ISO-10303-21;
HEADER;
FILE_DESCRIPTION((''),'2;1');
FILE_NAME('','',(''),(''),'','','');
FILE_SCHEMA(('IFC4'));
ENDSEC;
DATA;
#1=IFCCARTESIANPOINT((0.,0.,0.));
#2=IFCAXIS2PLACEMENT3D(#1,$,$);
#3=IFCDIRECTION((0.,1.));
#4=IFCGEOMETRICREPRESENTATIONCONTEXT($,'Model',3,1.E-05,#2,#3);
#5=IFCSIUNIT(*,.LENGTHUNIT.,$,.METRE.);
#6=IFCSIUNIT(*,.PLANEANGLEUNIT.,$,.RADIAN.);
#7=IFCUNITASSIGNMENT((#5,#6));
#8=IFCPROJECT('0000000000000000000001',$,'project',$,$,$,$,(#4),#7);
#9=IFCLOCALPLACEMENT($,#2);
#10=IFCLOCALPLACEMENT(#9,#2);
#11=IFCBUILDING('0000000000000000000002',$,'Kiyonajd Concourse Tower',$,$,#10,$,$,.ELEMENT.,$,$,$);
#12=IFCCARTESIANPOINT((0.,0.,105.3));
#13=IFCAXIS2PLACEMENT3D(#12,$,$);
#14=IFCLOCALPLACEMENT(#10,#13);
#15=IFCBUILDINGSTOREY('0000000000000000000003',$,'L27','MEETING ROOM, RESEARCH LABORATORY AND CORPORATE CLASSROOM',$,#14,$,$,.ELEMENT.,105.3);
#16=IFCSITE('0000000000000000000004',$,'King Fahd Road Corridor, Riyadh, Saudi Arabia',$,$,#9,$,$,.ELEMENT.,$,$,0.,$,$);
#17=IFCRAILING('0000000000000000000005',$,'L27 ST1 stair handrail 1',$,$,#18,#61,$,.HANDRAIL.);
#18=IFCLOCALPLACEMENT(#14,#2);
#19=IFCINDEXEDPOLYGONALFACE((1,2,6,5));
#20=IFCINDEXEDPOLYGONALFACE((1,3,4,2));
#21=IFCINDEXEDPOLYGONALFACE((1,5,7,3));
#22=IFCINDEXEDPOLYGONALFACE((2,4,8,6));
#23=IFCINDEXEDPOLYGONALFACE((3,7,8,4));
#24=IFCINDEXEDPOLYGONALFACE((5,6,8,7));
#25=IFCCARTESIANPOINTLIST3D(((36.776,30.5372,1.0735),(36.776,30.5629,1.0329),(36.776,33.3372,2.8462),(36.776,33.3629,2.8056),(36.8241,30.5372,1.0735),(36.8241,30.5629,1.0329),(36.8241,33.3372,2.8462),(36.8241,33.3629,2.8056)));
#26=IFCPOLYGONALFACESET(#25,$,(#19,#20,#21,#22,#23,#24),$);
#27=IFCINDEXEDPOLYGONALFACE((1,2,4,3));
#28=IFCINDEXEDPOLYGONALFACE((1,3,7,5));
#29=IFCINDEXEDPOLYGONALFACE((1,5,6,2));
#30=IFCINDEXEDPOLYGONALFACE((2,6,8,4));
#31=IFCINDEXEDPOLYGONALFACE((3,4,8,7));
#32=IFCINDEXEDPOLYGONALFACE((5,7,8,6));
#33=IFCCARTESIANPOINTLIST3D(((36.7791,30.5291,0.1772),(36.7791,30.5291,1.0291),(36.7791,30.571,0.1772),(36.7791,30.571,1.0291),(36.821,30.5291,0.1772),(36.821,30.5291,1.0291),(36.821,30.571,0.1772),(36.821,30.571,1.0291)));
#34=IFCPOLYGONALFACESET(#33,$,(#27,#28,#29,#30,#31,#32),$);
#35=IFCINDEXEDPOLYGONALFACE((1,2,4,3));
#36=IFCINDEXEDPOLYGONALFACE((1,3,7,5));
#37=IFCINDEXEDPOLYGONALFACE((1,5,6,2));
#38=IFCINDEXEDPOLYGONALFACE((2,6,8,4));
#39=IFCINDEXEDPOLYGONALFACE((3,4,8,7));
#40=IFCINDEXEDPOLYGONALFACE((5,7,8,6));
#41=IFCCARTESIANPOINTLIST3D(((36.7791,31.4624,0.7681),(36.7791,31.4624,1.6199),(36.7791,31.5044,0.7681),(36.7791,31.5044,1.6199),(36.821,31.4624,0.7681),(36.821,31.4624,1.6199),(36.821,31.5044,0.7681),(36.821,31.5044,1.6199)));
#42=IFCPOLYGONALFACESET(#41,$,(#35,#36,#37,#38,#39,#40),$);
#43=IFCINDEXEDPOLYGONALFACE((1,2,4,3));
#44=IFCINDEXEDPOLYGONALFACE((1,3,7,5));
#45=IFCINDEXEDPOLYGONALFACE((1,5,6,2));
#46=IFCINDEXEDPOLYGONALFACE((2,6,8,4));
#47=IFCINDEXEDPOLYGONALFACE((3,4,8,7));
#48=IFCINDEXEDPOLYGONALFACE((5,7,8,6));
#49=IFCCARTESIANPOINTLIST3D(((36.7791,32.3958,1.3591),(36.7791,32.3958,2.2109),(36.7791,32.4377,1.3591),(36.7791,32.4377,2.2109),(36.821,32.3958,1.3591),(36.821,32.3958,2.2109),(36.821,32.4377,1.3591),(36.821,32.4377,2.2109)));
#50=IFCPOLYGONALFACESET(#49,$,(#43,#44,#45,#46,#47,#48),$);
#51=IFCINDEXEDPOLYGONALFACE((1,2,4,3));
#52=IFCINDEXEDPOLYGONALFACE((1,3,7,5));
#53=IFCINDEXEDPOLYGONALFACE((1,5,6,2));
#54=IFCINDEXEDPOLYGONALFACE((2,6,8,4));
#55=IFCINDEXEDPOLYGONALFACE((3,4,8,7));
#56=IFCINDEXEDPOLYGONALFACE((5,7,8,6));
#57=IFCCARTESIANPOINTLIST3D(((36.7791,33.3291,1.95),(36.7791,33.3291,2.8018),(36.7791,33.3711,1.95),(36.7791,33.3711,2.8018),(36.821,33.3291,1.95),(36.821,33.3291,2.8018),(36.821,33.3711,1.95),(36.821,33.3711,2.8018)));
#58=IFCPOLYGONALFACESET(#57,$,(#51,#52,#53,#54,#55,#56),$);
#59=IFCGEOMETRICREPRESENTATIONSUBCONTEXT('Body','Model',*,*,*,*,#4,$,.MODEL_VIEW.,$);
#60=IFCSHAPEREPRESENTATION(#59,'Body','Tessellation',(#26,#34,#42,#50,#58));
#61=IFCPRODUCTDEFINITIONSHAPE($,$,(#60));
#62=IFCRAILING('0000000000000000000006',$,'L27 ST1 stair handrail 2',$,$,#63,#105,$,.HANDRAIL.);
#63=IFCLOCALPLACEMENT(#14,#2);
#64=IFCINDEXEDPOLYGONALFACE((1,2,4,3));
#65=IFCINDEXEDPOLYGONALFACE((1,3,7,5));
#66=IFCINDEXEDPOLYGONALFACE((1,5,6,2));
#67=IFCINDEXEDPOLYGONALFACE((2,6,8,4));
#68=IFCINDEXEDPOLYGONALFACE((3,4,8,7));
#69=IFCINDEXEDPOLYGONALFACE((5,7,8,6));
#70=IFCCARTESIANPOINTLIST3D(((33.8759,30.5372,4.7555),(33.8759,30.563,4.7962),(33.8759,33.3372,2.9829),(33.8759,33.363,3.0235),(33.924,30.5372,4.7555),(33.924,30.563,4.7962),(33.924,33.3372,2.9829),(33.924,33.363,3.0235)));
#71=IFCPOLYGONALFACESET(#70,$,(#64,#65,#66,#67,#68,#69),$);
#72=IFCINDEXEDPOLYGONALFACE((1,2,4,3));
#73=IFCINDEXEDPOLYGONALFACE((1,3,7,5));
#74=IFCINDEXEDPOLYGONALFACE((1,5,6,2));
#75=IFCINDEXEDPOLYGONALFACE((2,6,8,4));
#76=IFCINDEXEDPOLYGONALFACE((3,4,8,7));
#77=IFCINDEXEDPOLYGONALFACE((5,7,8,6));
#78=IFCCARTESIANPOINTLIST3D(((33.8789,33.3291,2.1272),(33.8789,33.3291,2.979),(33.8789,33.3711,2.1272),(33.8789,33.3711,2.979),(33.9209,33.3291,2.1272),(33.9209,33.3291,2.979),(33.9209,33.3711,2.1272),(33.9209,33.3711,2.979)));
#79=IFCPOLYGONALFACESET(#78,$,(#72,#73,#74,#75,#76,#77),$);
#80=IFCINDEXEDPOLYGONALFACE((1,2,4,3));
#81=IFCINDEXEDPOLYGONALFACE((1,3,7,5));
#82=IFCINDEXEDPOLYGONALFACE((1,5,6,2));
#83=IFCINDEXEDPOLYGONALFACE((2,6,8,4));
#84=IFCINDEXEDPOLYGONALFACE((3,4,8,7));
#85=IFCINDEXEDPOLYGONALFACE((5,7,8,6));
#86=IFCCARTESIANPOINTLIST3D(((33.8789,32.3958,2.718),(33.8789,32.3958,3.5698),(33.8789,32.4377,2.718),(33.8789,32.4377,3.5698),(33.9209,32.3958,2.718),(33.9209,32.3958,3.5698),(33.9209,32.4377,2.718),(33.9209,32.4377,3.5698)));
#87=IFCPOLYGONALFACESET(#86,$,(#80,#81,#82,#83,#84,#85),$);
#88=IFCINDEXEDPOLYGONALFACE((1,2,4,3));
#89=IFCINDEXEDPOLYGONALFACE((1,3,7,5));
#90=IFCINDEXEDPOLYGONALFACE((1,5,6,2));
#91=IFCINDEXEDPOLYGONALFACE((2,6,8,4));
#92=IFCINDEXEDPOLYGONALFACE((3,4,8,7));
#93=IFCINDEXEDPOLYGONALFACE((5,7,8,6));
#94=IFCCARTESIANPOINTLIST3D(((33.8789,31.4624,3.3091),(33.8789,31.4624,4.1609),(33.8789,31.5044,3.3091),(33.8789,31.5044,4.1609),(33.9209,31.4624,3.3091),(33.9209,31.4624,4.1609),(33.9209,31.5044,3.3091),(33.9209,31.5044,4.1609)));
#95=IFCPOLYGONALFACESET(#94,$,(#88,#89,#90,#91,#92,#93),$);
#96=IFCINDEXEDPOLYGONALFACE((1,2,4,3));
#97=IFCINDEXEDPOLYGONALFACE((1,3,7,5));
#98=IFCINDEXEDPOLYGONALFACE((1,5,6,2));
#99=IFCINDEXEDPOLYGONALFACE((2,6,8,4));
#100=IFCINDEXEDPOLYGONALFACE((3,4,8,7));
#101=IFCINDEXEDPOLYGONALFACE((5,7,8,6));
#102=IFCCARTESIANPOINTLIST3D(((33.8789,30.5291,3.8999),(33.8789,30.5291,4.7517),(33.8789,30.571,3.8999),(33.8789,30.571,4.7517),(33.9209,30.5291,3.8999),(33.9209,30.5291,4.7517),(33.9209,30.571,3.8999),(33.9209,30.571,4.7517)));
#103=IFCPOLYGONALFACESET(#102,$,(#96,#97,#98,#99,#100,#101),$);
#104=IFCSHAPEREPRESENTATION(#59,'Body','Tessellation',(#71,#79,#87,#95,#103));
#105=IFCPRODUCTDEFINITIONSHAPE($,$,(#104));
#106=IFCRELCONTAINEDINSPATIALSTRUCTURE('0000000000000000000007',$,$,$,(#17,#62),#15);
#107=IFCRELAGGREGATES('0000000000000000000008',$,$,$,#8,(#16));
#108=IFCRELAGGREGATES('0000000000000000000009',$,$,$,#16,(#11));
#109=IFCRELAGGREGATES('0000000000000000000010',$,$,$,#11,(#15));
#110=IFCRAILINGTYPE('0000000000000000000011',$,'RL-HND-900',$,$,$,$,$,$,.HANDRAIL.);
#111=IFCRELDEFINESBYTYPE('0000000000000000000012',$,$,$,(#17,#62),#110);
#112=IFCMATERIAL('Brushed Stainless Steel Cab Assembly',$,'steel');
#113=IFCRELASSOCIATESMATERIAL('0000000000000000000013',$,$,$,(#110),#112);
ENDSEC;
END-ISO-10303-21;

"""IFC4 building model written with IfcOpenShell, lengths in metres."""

from ifc_helpers import new_model, si_unit, direction, frame, origin, origin_2d, place, context, subcontext, project, spatial, rectangle, extrude, material, type_object, element, save


model = new_model("IFC4")

# Units and contexts
model_context = context("Model", 3, precision=1e-05, world=origin(), true_north=direction((0.0, 1.0)))
body_context = subcontext(model_context, "Body", "Model", "MODEL_VIEW")
ifc_project = project(units=[si_unit("LENGTHUNIT", "METRE"), si_unit("PLANEANGLEUNIT", "RADIAN")], contexts=[model_context])

# Site, building, storey
site_placement = place(None, origin())
site = spatial("IfcSite", under=ifc_project, at=site_placement, Name="King Fahd Road Corridor, Riyadh, Saudi Arabia", CompositionType="ELEMENT", RefElevation=0.0)
building_placement = place(site_placement, origin())
building = spatial("IfcBuilding", under=site, at=building_placement, Name="Kiyonajd Concourse Tower", CompositionType="ELEMENT")
storey_placement = place(building_placement, frame((0.0, 0.0, 105.3)))
storey = spatial("IfcBuildingStorey", under=building, at=storey_placement, Name="L27", Description="MEETING ROOM, RESEARCH LABORATORY AND CORPORATE CLASSROOM", CompositionType="ELEMENT", Elevation=105.3)

# Shared definitions
ifc_material_1 = material(Name="Brushed Stainless Steel Cab Assembly", Category="steel")

# Railings
railing_type_1 = type_object("IfcRailingType", Name="RL-HND-900", PredefinedType="HANDRAIL", material=ifc_material_1)
railing_1_placement = place(storey_placement, frame((36.8, 30.55, 0.1772)))
element("IfcRailing", 1, at=railing_1_placement, inside=storey, type_object=railing_type_1, Name="L27 ST1 stair handrail 1", PredefinedType="HANDRAIL", context=body_context, shape_type="SweptSolid", body=[
    extrude(rectangle(XDim=0.0481, YDim=0.0481, at=origin_2d()), frame((0.0, 0.0, 0.876), z_axis=(0.0, 0.844909, 0.53491), x_axis=(-1.0, 0.0, 0.0)), (0.0, 0.0, 1.0), 3.314),
    extrude(rectangle(XDim=0.042, YDim=0.042, at=origin_2d()), origin(), (0.0, 0.0, 1.0), 0.8518),
    extrude(rectangle(XDim=0.042, YDim=0.042, at=origin_2d()), frame((0.0, 0.9333, 0.5908)), (0.0, 0.0, 1.0), 0.8518),
    extrude(rectangle(XDim=0.042, YDim=0.042, at=origin_2d()), frame((0.0, 1.8667, 1.1819)), (0.0, 0.0, 1.0), 0.8518),
    extrude(rectangle(XDim=0.042, YDim=0.042, at=origin_2d()), frame((0.0, 2.8, 1.7727)), (0.0, 0.0, 1.0), 0.8518),
])
railing_2_placement = place(storey_placement, frame((33.8999, 33.3501, 2.1272)))
element("IfcRailing", 2, at=railing_2_placement, inside=storey, type_object=railing_type_1, Name="L27 ST1 stair handrail 2", PredefinedType="HANDRAIL", context=body_context, shape_type="SweptSolid", body=[
    extrude(rectangle(XDim=0.0481, YDim=0.0481, at=origin_2d()), frame((0.0, 0.0, 0.876), z_axis=(0.0, -0.844909, 0.53491), x_axis=(1.0, 0.0, 0.0)), (0.0, 0.0, 1.0), 3.314),
    extrude(rectangle(XDim=0.042, YDim=0.042, at=origin_2d()), origin(), (0.0, 0.0, 1.0), 0.8518),
    extrude(rectangle(XDim=0.042, YDim=0.042, at=origin_2d()), frame((0.0, -0.9333, 0.5908)), (0.0, 0.0, 1.0), 0.8518),
    extrude(rectangle(XDim=0.042, YDim=0.042, at=origin_2d()), frame((0.0, -1.8667, 1.1819)), (0.0, 0.0, 1.0), 0.8518),
    extrude(rectangle(XDim=0.042, YDim=0.042, at=origin_2d()), frame((0.0, -2.8, 1.7727)), (0.0, 0.0, 1.0), 0.8518),
])

save(model, "model.ifc")
